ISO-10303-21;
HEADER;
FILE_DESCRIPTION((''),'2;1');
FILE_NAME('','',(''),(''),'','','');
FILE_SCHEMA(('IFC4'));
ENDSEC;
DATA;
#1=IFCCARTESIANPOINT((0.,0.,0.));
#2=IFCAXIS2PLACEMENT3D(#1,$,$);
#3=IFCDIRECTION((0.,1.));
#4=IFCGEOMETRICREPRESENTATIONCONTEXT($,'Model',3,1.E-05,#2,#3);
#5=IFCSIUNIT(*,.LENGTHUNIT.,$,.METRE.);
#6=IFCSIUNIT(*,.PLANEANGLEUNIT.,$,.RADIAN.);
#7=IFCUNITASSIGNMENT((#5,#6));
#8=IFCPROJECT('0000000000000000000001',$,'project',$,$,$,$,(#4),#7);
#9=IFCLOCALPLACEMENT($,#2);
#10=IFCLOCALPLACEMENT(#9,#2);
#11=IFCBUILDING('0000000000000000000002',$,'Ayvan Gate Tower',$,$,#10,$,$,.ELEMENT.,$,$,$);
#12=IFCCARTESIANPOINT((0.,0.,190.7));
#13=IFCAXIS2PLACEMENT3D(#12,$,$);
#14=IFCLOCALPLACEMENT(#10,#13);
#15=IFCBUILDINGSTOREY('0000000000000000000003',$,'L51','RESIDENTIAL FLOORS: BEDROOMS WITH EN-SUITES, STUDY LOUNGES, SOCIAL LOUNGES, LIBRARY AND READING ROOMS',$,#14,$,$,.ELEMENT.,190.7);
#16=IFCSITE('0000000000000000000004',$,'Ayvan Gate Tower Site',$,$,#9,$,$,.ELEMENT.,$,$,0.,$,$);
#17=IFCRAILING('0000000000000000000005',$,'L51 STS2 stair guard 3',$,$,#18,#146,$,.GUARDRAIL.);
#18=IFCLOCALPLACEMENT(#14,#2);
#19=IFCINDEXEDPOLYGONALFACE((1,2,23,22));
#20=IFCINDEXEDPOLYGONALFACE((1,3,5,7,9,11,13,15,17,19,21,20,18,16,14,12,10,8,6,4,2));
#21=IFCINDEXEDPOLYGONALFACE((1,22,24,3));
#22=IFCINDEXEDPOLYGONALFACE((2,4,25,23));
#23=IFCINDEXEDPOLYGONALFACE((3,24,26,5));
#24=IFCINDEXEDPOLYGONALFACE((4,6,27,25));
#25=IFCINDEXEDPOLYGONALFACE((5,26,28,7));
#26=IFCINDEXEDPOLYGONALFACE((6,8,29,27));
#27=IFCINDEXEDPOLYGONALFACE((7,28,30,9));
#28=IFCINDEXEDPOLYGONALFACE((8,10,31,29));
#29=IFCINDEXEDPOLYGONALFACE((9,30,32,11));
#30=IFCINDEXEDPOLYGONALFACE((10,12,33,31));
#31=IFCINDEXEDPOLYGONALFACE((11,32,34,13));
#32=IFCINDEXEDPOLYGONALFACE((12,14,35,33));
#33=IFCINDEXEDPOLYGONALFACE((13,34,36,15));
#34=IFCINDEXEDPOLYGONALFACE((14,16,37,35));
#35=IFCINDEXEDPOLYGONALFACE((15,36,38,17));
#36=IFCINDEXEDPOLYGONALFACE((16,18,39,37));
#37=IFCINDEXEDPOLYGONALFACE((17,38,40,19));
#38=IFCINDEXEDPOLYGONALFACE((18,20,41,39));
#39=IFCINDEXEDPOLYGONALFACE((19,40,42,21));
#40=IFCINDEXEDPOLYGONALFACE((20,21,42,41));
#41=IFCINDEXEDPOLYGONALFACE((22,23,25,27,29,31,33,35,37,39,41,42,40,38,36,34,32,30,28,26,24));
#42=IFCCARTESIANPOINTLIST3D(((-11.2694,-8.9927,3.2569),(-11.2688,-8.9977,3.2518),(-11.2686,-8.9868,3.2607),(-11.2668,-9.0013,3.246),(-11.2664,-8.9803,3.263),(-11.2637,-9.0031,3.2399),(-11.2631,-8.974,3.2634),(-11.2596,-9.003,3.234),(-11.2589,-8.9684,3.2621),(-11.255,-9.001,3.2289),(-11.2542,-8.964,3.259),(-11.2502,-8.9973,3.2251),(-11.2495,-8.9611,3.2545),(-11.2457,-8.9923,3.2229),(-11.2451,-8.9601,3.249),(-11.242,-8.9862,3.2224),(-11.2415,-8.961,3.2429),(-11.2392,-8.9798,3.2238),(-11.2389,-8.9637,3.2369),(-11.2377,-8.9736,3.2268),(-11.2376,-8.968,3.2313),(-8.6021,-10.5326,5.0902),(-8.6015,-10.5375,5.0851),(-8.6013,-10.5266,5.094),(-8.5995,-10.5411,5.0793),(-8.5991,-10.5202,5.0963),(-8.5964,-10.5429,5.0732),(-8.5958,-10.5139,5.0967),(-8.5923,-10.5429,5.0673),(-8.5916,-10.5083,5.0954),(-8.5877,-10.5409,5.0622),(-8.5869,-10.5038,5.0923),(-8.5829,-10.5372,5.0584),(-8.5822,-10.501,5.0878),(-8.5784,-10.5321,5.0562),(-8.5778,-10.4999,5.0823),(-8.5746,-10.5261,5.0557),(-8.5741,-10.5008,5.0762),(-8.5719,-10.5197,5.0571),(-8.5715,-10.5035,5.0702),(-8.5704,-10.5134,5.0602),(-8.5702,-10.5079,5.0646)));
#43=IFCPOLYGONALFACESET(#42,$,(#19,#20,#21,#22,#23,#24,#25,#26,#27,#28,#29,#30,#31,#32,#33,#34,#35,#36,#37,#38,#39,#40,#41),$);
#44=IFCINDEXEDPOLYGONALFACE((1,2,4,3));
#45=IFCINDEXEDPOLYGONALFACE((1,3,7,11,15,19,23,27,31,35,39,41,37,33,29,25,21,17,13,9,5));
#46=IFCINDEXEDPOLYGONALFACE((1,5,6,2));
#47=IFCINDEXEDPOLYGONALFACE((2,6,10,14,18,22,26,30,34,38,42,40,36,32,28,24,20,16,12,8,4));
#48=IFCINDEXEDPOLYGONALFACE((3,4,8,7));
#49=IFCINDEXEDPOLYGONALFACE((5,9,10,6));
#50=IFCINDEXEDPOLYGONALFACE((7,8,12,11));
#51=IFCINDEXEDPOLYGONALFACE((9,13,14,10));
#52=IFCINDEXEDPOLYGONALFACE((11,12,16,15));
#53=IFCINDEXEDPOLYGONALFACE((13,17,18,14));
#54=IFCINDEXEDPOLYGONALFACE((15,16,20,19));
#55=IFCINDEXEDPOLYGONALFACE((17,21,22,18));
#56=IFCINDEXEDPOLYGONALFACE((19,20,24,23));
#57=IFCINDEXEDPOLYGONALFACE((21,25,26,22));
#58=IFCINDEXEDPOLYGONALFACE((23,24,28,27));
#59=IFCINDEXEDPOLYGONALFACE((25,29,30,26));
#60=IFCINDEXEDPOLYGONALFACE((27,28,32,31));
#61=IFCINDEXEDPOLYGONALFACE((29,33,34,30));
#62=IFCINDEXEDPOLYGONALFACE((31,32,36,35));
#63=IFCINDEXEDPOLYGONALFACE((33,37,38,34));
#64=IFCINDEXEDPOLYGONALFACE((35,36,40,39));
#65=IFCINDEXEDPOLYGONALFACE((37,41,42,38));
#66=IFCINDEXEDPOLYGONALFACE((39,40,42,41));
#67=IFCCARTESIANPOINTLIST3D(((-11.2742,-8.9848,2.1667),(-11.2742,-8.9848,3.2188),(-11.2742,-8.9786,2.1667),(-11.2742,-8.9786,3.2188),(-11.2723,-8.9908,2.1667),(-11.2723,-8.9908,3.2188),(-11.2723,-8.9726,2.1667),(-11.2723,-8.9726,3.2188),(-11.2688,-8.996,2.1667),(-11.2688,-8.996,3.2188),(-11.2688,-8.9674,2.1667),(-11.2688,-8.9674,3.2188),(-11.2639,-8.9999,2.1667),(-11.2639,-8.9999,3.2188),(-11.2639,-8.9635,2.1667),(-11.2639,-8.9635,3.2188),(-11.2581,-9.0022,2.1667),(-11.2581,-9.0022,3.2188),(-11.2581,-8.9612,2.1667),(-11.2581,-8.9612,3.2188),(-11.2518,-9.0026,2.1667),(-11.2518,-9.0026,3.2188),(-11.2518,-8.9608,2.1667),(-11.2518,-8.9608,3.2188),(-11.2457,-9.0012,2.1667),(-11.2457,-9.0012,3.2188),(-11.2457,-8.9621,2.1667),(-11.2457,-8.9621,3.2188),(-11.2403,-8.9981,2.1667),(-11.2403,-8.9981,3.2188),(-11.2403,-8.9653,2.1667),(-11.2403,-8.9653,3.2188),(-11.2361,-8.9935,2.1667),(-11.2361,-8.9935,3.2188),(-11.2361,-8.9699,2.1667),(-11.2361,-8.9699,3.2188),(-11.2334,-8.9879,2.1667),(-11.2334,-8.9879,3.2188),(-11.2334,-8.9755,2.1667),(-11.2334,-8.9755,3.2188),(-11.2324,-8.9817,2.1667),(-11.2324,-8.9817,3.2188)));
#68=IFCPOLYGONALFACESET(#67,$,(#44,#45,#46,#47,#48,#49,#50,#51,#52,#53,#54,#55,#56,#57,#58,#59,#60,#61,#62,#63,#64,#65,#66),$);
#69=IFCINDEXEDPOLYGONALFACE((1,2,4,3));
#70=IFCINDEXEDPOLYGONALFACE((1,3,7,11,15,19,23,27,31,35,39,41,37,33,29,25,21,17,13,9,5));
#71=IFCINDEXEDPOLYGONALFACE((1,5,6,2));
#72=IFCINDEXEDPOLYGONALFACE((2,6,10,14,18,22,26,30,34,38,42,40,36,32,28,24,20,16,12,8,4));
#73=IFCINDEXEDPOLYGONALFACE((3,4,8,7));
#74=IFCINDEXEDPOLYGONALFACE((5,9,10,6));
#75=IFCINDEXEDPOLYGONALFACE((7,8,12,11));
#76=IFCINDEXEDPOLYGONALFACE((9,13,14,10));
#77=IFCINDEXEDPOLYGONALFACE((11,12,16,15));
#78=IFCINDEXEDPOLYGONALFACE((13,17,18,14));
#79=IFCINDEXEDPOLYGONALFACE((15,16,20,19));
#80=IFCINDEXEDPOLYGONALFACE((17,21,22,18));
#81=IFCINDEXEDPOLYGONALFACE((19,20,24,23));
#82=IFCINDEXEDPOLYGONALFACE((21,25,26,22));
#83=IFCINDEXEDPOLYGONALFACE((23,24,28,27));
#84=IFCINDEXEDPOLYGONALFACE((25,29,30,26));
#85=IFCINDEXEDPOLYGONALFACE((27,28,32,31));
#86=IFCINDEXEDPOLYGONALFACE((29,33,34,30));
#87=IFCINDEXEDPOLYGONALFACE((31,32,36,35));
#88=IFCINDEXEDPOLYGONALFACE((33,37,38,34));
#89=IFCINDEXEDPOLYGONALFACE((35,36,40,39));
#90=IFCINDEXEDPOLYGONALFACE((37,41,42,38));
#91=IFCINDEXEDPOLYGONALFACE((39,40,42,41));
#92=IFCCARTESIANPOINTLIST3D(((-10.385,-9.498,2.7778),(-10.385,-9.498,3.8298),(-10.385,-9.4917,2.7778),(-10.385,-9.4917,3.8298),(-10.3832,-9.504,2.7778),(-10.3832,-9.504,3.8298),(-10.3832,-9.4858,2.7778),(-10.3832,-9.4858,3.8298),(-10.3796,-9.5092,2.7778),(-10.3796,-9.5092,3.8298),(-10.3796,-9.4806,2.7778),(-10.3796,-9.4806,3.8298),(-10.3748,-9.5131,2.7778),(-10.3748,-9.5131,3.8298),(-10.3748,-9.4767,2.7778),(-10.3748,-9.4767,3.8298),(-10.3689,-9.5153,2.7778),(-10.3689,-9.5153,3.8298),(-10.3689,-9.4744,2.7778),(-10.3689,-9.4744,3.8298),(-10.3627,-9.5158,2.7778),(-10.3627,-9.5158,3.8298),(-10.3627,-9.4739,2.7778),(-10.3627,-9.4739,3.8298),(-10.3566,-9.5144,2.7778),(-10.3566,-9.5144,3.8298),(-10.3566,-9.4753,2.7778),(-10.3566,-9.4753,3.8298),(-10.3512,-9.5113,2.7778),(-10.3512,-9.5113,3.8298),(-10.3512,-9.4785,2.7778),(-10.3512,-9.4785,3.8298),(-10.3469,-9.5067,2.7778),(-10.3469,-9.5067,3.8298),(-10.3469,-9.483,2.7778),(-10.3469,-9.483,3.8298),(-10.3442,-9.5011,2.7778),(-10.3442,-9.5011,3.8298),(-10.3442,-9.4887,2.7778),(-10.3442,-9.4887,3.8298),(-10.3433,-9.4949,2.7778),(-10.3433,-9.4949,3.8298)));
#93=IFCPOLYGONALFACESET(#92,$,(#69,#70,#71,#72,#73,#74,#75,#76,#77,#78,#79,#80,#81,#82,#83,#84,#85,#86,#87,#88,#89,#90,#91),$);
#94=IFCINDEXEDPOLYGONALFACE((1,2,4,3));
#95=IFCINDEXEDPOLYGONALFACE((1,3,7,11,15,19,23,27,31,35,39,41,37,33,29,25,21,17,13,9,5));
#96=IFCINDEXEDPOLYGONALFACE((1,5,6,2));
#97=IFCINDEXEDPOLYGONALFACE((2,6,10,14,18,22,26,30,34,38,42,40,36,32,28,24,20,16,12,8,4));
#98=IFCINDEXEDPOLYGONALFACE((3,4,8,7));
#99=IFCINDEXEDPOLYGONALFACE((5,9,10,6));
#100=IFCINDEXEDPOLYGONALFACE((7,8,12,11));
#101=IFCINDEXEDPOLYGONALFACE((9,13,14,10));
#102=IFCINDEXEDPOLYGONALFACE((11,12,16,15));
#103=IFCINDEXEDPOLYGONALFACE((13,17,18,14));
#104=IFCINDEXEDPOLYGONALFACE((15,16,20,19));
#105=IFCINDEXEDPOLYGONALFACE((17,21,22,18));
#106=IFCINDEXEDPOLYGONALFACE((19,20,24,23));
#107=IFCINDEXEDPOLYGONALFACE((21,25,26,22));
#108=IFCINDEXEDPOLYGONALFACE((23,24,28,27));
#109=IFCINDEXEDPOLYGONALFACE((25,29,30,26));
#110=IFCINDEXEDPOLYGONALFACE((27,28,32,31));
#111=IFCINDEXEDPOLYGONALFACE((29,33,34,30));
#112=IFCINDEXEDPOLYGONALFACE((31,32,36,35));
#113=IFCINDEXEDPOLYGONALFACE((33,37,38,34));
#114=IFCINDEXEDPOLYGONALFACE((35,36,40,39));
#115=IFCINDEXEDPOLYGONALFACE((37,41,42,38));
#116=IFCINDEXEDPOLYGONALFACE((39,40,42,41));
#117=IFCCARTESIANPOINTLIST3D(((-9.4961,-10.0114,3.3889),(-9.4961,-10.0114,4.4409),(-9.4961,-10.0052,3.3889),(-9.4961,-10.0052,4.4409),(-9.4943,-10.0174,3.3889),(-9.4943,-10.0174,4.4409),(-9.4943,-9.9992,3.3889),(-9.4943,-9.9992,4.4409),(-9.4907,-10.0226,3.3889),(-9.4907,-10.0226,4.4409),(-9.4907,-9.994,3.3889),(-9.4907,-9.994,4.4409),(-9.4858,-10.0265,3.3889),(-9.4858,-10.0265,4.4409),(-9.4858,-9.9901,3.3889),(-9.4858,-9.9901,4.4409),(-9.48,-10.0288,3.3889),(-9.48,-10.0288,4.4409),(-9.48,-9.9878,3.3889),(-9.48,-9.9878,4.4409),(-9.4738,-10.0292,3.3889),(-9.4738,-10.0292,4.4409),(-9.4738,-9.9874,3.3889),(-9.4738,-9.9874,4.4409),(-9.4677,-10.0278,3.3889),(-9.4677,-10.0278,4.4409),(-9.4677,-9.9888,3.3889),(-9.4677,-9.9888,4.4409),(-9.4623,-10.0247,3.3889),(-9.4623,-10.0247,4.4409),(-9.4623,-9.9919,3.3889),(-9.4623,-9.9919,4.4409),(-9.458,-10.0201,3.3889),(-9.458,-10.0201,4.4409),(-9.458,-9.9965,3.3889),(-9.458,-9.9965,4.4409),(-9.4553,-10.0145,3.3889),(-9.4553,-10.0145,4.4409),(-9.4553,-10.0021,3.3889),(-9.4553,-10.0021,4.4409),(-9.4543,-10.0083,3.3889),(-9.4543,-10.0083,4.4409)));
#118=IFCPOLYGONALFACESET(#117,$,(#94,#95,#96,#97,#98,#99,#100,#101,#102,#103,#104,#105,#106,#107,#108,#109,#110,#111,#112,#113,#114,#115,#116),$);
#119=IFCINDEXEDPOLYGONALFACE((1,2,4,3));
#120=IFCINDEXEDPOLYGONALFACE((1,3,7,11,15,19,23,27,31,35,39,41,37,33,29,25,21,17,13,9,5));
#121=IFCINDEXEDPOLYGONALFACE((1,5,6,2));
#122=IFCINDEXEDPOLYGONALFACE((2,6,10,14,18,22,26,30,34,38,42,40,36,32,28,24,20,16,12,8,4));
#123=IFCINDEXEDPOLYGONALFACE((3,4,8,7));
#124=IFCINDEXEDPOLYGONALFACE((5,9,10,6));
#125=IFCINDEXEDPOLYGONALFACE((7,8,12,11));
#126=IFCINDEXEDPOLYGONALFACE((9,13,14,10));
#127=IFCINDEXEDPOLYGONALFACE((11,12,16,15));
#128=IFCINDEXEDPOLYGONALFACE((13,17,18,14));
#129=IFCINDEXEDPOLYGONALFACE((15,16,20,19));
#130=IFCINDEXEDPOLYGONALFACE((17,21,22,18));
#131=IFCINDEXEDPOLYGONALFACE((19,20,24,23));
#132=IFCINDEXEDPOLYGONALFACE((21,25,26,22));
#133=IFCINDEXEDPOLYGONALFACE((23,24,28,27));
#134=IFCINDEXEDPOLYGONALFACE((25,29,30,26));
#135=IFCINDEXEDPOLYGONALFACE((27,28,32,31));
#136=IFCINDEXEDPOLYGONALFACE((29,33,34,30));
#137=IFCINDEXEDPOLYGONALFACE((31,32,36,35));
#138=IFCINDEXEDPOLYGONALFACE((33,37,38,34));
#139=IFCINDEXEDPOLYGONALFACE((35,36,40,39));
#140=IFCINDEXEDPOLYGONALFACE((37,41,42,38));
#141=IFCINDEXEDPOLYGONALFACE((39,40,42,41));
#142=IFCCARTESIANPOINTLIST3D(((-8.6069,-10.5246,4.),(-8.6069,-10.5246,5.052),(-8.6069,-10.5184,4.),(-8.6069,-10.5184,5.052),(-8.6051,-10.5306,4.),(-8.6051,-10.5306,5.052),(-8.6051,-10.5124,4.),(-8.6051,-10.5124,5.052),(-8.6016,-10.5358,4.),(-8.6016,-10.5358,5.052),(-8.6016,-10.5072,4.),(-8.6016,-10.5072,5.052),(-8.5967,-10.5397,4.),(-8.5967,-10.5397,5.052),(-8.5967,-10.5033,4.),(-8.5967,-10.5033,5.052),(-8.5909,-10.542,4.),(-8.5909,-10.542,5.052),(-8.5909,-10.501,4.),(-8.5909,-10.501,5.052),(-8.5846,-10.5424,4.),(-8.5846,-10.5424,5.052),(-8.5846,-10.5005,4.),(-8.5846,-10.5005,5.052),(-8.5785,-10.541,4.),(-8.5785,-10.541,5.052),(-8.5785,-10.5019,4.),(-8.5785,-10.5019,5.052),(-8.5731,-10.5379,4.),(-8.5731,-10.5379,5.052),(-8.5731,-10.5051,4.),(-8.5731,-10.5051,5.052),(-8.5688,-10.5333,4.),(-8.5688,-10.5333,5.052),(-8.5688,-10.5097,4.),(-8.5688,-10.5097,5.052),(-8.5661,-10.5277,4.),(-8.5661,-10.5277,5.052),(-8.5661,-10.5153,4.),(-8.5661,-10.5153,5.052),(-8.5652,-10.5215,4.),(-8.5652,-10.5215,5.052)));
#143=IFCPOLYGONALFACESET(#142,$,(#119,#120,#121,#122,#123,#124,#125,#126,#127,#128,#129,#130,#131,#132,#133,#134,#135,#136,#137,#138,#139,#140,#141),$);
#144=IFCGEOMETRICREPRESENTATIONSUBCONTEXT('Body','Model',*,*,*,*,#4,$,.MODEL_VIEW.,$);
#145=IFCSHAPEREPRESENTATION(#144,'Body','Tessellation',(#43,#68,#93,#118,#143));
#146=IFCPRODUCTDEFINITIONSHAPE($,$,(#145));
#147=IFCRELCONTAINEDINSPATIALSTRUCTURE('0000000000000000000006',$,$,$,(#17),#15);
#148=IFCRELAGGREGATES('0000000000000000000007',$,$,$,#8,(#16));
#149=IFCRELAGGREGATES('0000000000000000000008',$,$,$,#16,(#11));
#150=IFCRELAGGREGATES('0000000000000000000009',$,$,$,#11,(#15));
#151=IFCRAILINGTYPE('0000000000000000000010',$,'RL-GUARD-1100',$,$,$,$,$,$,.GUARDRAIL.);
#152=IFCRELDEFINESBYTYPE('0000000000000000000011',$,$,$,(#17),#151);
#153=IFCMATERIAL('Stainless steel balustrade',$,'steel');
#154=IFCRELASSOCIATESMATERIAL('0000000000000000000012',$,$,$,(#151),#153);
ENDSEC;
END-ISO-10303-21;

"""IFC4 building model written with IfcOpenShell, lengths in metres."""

from ifc_helpers import new_model, si_unit, direction, frame, origin, origin_2d, place, context, subcontext, project, spatial, circle, extrude, material, type_object, element, save


model = new_model("IFC4")

# Units and contexts
model_context = context("Model", 3, precision=1e-05, world=origin(), true_north=direction((0.0, 1.0)))
body_context = subcontext(model_context, "Body", "Model", "MODEL_VIEW")
ifc_project = project(units=[si_unit("LENGTHUNIT", "METRE"), si_unit("PLANEANGLEUNIT", "RADIAN")], contexts=[model_context])

# Site, building, storey
site_placement = place(None, origin())
site = spatial("IfcSite", under=ifc_project, at=site_placement, Name="Ayvan Gate Tower Site", CompositionType="ELEMENT", RefElevation=0.0)
building_placement = place(site_placement, origin())
building = spatial("IfcBuilding", under=site, at=building_placement, Name="Ayvan Gate Tower", CompositionType="ELEMENT")
storey_placement = place(building_placement, frame((0.0, 0.0, 190.7)))
storey = spatial("IfcBuildingStorey", under=building, at=storey_placement, Name="L51", Description="RESIDENTIAL FLOORS: BEDROOMS WITH EN-SUITES, STUDY LOUNGES, SOCIAL LOUNGES, LIBRARY AND READING ROOMS", CompositionType="ELEMENT", Elevation=190.7)

# Railing
ifc_material_1 = material(Name="Stainless steel balustrade", Category="steel")
railing_type_1 = type_object("IfcRailingType", Name="RL-GUARD-1100", PredefinedType="GUARDRAIL", material=ifc_material_1)
railing_1_placement = place(storey_placement, frame((-11.2534, -8.9817, 2.1667)))
element("IfcRailing", 1, at=railing_1_placement, inside=storey, type_object=railing_type_1, Name="L51 STS2 stair guard 3", PredefinedType="GUARDRAIL", context=body_context, shape_type="SweptSolid", body=[
    extrude(circle(Radius=0.0239, at=origin_2d()), frame((0.0, 0.0, 1.0762), z_axis=(0.744181, -0.429616, 0.511493), x_axis=(0.499967, 0.866044, 0.0)), (0.0, 0.0, 1.0), 3.5842),
    extrude(circle(Radius=0.021, at=origin_2d()), origin(), (0.0, 0.0, 1.0), 1.052),
    extrude(circle(Radius=0.021, at=origin_2d()), frame((0.8892, -0.5132, 0.6111)), (0.0, 0.0, 1.0), 1.052),
    extrude(circle(Radius=0.021, at=origin_2d()), frame((1.7781, -1.0266, 1.2222)), (0.0, 0.0, 1.0), 1.052),
    extrude(circle(Radius=0.021, at=origin_2d()), frame((2.6672, -1.5398, 1.8333)), (0.0, 0.0, 1.0), 1.052),
])

save(model, "model.ifc")
